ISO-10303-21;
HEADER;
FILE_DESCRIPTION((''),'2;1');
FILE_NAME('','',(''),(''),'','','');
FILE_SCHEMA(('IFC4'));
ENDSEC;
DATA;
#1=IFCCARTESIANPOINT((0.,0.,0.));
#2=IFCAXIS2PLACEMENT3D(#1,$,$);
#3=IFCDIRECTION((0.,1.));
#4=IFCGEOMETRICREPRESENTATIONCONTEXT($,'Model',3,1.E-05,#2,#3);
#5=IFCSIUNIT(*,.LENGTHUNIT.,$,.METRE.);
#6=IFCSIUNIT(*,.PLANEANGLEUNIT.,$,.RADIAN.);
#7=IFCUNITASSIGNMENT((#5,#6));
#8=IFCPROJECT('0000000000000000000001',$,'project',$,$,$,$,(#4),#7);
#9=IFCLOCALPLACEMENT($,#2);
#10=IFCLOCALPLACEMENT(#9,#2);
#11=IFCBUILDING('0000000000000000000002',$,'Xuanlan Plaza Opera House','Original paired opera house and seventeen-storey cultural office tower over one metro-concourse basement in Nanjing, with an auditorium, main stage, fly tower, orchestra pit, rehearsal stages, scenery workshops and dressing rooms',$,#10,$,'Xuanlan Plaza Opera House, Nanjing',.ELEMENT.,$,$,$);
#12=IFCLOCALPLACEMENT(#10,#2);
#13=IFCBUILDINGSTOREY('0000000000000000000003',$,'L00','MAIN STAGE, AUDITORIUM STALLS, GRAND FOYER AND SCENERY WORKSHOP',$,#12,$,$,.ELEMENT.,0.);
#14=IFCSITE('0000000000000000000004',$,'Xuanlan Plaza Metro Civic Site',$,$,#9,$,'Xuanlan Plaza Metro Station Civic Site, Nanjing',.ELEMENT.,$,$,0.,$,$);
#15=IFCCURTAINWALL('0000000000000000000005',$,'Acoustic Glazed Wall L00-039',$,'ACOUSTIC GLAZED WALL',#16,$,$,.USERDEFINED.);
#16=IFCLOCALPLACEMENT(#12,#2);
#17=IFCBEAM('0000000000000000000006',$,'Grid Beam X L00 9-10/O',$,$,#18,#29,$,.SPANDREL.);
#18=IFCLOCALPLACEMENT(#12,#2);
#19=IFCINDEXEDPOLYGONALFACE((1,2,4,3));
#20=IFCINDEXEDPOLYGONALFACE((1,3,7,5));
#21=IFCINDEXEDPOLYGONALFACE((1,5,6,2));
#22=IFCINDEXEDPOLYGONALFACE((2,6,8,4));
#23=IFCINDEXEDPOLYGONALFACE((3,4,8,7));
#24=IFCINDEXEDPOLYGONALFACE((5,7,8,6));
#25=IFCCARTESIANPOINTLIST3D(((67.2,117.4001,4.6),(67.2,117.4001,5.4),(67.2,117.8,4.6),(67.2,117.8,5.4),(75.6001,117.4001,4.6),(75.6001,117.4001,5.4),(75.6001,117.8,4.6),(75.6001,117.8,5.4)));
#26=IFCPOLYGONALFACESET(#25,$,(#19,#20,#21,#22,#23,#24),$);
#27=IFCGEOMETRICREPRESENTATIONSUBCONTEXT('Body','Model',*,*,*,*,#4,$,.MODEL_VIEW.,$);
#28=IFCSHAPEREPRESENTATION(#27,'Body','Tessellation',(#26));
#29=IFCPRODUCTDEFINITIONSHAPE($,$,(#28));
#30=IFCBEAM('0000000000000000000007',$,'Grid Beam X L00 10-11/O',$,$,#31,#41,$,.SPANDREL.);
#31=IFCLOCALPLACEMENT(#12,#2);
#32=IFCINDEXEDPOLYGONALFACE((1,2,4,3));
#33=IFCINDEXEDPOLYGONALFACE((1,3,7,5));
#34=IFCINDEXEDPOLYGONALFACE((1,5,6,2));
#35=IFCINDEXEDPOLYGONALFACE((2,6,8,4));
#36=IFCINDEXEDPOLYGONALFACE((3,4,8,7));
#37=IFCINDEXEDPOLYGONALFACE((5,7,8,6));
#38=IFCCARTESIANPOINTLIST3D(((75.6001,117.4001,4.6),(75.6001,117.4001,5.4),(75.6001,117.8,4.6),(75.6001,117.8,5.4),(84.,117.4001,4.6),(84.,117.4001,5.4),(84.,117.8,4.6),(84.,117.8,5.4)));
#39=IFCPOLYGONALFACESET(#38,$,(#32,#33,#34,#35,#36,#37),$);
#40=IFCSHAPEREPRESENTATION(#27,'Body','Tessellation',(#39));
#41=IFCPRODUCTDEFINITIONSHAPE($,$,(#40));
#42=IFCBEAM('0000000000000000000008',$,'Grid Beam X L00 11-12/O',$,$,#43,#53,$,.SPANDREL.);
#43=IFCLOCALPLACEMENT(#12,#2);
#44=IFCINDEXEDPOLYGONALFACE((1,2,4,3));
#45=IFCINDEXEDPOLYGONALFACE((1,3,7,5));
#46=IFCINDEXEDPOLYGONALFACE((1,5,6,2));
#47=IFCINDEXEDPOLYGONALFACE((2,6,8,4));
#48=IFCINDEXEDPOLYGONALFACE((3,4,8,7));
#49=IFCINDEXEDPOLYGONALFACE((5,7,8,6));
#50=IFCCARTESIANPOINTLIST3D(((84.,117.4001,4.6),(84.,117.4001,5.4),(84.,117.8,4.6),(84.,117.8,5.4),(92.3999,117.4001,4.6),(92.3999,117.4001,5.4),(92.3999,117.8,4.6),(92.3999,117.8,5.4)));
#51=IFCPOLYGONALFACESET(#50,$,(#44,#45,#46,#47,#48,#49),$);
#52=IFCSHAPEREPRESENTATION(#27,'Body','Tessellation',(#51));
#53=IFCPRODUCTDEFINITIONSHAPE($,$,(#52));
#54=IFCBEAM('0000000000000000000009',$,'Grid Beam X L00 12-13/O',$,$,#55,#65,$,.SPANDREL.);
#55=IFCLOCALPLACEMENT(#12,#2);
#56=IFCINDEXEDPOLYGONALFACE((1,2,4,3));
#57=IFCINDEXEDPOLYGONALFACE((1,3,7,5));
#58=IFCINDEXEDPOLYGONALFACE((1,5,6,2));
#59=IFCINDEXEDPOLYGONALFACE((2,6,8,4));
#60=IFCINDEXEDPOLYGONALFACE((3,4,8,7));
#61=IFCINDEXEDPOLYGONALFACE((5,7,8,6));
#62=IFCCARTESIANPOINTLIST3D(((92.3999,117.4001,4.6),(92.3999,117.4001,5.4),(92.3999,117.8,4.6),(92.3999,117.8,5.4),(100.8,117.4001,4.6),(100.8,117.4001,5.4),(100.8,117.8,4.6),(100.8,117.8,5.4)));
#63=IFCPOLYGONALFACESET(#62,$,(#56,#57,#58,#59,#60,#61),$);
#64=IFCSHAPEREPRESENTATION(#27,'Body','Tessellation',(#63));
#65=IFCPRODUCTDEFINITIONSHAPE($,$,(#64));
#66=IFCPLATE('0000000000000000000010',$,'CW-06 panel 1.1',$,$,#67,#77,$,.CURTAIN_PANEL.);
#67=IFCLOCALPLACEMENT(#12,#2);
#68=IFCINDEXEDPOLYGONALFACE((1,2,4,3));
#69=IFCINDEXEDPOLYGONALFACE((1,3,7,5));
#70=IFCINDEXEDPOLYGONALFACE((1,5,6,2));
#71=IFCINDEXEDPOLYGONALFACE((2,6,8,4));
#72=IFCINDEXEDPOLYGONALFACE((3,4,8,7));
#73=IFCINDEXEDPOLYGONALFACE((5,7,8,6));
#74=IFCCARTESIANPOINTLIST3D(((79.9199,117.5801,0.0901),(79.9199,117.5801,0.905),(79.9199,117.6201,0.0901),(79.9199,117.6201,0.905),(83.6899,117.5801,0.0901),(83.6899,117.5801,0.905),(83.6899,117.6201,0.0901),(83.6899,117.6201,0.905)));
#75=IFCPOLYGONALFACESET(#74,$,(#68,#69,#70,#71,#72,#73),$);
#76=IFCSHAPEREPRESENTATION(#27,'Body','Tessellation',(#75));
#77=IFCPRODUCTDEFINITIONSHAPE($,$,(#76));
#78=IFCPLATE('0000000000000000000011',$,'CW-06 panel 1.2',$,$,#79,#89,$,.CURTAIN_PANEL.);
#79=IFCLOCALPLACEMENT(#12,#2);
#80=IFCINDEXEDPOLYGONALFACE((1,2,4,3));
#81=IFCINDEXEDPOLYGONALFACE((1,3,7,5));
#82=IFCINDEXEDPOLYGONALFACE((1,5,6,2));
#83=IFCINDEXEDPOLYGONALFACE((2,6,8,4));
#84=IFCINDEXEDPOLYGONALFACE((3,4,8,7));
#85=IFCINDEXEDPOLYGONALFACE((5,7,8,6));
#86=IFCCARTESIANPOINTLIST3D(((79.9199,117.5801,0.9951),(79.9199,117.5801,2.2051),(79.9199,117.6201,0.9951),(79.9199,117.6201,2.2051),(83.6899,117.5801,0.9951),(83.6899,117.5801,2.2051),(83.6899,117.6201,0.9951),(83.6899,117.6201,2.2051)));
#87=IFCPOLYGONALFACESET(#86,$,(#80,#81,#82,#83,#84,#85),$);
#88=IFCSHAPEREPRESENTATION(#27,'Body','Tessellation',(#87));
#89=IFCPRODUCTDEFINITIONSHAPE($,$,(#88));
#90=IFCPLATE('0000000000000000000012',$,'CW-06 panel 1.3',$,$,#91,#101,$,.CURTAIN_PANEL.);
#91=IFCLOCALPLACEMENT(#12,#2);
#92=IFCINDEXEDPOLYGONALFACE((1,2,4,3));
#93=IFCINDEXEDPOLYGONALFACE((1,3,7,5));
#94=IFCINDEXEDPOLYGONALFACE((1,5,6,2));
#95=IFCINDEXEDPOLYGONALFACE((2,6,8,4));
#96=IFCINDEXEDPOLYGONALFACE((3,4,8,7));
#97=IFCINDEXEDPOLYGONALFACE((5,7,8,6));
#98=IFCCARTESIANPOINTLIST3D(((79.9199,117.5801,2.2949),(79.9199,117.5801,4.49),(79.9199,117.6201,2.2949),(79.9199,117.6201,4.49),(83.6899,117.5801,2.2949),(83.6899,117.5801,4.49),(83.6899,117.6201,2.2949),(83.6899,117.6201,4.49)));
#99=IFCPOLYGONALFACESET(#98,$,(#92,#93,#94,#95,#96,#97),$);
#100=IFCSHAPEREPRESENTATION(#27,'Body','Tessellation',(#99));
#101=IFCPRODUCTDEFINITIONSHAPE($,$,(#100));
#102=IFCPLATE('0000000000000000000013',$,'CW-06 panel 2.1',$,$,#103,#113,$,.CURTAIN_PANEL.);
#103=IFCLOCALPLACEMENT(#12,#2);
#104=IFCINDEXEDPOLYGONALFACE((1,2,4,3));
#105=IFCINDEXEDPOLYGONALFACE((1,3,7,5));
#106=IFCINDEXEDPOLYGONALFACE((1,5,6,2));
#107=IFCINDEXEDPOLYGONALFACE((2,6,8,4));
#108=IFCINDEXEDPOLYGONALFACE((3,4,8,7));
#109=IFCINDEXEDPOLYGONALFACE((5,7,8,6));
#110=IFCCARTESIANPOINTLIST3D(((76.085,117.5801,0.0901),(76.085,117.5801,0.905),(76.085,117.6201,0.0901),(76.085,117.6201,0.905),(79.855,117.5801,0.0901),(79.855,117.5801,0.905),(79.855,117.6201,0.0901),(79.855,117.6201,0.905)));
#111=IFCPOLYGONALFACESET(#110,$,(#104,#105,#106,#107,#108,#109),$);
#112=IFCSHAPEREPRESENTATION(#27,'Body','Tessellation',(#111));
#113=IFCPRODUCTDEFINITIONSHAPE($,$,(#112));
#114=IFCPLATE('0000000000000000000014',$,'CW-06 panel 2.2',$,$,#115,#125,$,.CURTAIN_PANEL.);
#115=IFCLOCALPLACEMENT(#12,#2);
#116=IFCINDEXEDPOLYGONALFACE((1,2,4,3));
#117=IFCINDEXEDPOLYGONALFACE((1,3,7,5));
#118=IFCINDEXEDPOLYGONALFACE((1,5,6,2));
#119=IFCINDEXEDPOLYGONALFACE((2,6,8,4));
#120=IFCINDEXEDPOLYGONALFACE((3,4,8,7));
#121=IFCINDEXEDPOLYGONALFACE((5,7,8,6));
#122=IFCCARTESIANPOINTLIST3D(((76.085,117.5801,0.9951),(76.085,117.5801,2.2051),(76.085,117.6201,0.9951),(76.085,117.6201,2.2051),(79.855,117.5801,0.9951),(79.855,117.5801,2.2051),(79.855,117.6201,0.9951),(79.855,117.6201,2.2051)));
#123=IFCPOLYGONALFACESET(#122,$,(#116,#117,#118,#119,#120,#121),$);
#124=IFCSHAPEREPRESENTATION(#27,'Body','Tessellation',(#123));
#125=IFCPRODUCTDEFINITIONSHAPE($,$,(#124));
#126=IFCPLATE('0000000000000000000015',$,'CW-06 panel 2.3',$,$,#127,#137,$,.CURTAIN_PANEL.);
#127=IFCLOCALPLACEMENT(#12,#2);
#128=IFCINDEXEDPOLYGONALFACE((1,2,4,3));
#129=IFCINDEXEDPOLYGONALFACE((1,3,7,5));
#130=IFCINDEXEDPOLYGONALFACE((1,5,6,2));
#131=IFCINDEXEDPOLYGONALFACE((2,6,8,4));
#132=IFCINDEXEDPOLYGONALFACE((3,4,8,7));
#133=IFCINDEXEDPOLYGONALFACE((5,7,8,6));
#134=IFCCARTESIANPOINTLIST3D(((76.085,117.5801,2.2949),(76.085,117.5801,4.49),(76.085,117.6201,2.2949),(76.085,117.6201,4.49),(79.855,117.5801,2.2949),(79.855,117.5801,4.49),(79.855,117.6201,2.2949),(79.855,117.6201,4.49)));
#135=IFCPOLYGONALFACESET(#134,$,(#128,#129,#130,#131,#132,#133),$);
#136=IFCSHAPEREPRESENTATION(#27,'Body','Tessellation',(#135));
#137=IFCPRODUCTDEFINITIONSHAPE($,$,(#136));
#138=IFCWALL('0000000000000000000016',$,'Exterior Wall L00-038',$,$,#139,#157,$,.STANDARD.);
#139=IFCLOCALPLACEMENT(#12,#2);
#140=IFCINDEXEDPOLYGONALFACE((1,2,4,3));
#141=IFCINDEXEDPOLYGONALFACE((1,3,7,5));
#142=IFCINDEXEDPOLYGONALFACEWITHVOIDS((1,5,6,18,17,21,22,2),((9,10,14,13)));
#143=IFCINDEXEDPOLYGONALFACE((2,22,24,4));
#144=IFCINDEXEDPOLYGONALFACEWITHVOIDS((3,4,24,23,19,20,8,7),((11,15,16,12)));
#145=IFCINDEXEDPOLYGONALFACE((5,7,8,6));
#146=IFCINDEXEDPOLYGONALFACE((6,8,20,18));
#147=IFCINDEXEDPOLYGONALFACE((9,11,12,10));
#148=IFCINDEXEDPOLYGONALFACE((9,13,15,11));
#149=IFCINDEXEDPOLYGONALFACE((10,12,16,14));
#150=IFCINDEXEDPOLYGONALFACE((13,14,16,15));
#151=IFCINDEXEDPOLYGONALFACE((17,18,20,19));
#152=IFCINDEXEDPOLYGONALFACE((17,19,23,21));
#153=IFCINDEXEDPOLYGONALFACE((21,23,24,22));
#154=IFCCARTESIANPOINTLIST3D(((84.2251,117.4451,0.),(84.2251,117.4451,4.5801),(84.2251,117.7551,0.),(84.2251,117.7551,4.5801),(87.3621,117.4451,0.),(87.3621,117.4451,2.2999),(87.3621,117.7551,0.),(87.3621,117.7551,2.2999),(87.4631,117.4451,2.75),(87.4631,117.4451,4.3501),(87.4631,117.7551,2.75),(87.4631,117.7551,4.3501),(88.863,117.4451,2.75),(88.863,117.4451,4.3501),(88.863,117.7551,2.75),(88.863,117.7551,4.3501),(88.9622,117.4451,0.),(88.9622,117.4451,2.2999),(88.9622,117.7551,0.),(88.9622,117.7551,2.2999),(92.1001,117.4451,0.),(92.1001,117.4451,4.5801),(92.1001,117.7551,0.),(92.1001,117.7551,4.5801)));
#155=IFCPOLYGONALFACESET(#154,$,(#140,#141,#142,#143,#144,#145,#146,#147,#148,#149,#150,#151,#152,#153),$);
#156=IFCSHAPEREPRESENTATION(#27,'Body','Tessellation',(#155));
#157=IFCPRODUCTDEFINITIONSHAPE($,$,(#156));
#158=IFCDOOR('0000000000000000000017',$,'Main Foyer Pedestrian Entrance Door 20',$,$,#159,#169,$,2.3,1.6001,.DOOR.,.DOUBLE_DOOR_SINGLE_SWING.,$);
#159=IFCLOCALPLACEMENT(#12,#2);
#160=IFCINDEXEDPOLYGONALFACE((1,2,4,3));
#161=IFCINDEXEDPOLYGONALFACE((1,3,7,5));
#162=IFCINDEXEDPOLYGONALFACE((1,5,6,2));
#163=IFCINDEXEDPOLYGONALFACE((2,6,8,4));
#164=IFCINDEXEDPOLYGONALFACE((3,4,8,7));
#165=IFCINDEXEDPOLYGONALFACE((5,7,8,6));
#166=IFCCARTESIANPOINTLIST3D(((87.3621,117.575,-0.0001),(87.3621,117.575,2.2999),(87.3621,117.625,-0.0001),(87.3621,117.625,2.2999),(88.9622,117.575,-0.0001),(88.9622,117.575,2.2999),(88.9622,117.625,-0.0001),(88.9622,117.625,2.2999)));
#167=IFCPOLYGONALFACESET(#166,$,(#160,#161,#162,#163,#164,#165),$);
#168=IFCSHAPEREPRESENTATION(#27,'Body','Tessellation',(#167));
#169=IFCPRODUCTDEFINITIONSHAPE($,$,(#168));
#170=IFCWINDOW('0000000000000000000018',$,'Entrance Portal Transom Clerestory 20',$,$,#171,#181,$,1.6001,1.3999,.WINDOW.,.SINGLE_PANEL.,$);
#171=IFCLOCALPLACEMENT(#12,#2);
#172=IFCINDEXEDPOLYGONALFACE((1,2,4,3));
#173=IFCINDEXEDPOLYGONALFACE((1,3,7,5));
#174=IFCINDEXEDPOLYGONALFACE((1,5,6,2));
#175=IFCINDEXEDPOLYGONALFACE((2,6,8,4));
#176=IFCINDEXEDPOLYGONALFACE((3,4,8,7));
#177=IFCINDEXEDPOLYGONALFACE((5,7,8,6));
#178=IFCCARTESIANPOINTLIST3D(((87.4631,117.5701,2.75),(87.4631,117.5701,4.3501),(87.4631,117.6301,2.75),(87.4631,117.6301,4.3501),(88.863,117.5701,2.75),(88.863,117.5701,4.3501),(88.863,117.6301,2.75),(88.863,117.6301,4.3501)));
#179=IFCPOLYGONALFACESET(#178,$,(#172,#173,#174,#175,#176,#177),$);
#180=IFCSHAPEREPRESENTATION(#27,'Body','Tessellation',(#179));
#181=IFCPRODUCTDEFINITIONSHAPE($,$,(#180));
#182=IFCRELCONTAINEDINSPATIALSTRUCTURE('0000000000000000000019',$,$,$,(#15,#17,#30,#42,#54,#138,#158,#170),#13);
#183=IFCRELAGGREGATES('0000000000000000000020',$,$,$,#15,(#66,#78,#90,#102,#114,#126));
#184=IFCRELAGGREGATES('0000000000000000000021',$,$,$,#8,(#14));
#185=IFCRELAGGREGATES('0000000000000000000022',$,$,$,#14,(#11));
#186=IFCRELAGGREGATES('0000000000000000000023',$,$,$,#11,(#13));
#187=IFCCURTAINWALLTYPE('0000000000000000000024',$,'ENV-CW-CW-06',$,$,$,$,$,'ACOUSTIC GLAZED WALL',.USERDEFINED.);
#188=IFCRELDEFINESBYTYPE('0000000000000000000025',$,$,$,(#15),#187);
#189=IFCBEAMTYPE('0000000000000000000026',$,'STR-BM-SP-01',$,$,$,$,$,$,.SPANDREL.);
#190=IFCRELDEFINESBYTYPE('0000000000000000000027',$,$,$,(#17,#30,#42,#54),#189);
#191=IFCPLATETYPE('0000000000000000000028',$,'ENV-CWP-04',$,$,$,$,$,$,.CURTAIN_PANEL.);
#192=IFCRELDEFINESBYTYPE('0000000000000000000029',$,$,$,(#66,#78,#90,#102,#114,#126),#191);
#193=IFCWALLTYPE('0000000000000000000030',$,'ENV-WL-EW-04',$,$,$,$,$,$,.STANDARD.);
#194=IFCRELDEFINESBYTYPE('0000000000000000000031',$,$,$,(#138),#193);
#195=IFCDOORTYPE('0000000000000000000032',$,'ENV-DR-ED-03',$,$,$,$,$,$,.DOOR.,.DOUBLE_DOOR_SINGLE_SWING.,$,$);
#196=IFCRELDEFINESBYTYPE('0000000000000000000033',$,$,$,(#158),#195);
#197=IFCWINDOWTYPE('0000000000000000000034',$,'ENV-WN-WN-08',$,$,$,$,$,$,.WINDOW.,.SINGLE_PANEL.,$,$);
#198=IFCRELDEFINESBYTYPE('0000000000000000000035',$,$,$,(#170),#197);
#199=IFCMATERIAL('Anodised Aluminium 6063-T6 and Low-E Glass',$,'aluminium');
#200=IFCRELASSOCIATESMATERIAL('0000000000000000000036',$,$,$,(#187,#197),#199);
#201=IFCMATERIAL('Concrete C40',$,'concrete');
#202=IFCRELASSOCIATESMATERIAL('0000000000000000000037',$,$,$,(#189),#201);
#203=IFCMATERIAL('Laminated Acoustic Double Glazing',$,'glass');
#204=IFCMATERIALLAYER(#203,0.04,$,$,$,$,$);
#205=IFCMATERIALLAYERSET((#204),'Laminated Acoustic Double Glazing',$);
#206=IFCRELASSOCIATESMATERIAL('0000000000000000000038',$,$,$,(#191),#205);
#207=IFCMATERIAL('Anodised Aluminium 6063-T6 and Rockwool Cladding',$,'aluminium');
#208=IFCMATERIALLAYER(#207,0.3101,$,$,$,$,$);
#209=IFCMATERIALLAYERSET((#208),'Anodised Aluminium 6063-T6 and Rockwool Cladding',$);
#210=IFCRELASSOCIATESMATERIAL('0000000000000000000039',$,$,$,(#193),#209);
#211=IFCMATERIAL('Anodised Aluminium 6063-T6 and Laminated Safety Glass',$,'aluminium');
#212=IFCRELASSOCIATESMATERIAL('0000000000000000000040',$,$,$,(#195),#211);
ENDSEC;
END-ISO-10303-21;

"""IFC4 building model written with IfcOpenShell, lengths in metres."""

from ifc_helpers import new_model, si_unit, direction, frame, frame_2d, origin, origin_2d, place, context, subcontext, project, spatial, rectangle, extrude, material, layer, layer_set, material_profile, profile_set, type_object, element, fill, aggregate, save


model = new_model("IFC4")

# Units and contexts
model_context = context("Model", 3, precision=1e-05, world=origin(), true_north=direction((0.0, 1.0)))
body_context = subcontext(model_context, "Body", "Model", "MODEL_VIEW")
ifc_project = project(units=[si_unit("LENGTHUNIT", "METRE"), si_unit("PLANEANGLEUNIT", "RADIAN")], contexts=[model_context])

# Site, building, storey
site_placement = place(None, origin())
site = spatial("IfcSite", under=ifc_project, at=site_placement, Name="Xuanlan Plaza Metro Civic Site", LongName="Xuanlan Plaza Metro Station Civic Site, Nanjing", CompositionType="ELEMENT", RefElevation=0.0)
building_placement = place(site_placement, origin())
building = spatial("IfcBuilding", under=site, at=building_placement, Name="Xuanlan Plaza Opera House", Description="Original paired opera house and seventeen-storey cultural office tower over one metro-concourse basement in Nanjing, with an auditorium, main stage, fly tower, orchestra pit, rehearsal stages, scenery workshops and dressing rooms", LongName="Xuanlan Plaza Opera House, Nanjing", CompositionType="ELEMENT")
storey_placement = place(building_placement, origin())
storey = spatial("IfcBuildingStorey", under=building, at=storey_placement, Name="L00", Description="MAIN STAGE, AUDITORIUM STALLS, GRAND FOYER AND SCENERY WORKSHOP", CompositionType="ELEMENT", Elevation=0.0)

# Shared definitions
ifc_material_1 = material(Name="Concrete C40", Category="concrete")

# Curtain wall
ifc_material_2 = material(Name="Anodised Aluminium 6063-T6 and Low-E Glass", Category="aluminium")
curtain_wall_type = type_object("IfcCurtainWallType", Name="ENV-CW-CW-06", ElementType="ACOUSTIC GLAZED WALL", PredefinedType="USERDEFINED", material=ifc_material_2)
curtain_wall_placement = place(storey_placement, origin())
curtain_wall = element("IfcCurtainWall", 1, at=curtain_wall_placement, inside=storey, type_object=curtain_wall_type, Name="Acoustic Glazed Wall L00-039", ObjectType="ACOUSTIC GLAZED WALL", PredefinedType="USERDEFINED")

# Beams
ifc_material_profile_1 = material_profile(ifc_material_1, rectangle(XDim=0.3999, YDim=0.8, at=origin_2d()), Name="RC-SPD 400x800")
ifc_profile_set_1 = profile_set([ifc_material_profile_1], Name="Concrete C40")
beam_type = type_object("IfcBeamType", Name="STR-BM-SP-01", PredefinedType="SPANDREL", material=ifc_profile_set_1)
beam_1_placement = place(storey_placement, frame((67.2, 117.6001, 5.0), z_axis=(1.0, 0.0, 0.0), x_axis=(0.0, 1.0, 0.0)))
element("IfcBeam", 2, at=beam_1_placement, inside=storey, type_object=beam_type, Name="Grid Beam X L00 9-10/O", PredefinedType="SPANDREL", context=body_context, shape_type="SweptSolid", body=[
    extrude(rectangle(XDim=0.3999, YDim=0.8, at=origin_2d()), origin(), (0.0, 0.0, 1.0), 8.4001),
])
for number, where, z_axis, x_axis, name in (
    (3, (75.6001, 117.6001, 5.0), (1.0, 0.0, 0.0), (0.0, 1.0, 0.0), "Grid Beam X L00 10-11/O"),
    (4, (84.0, 117.6001, 5.0), (1.0, 0.0, 0.0), (0.0, 1.0, 0.0), "Grid Beam X L00 11-12/O"),
):
    element("IfcBeam", number, at=place(storey_placement, frame(where, z_axis=z_axis, x_axis=x_axis)), inside=storey, type_object=beam_type, Name=name, PredefinedType="SPANDREL", context=body_context, shape_type="SweptSolid", body=[
        extrude(rectangle(XDim=0.3999, YDim=0.8, at=origin_2d()), origin(), (0.0, 0.0, 1.0), 8.3999),
    ])
beam_2_placement = place(storey_placement, frame((92.3999, 117.6001, 5.0), z_axis=(1.0, 0.0, 0.0), x_axis=(0.0, 1.0, 0.0)))
element("IfcBeam", 5, at=beam_2_placement, inside=storey, type_object=beam_type, Name="Grid Beam X L00 12-13/O", PredefinedType="SPANDREL", context=body_context, shape_type="SweptSolid", body=[
    extrude(rectangle(XDim=0.3999, YDim=0.8, at=origin_2d()), origin(), (0.0, 0.0, 1.0), 8.4001),
])

# Plates
ifc_material_3 = material(Name="Laminated Acoustic Double Glazing", Category="glass")
ifc_layer_1 = layer(ifc_material_3, 0.04)
ifc_layer_set_1 = layer_set([ifc_layer_1], Name="Laminated Acoustic Double Glazing")
plate_type = type_object("IfcPlateType", Name="ENV-CWP-04", PredefinedType="CURTAIN_PANEL", material=ifc_layer_set_1)
plate_1_placement = place(storey_placement, frame((81.8049, 117.6001, 0.0901), z_axis=(0.0, 0.0, 1.0), x_axis=(-1.0, 0.0, 0.0)))
plate_1 = element("IfcPlate", 6, at=plate_1_placement, type_object=plate_type, Name="CW-06 panel 1.1", PredefinedType="CURTAIN_PANEL", context=body_context, shape_type="SweptSolid", body=[
    extrude(rectangle(XDim=3.77, YDim=0.04, at=origin_2d()), origin(), (0.0, 0.0, 1.0), 0.8149),
])
plate_2_placement = place(storey_placement, frame((81.8049, 117.6001, 0.9951), z_axis=(0.0, 0.0, 1.0), x_axis=(-1.0, 0.0, 0.0)))
plate_2 = element("IfcPlate", 7, at=plate_2_placement, type_object=plate_type, Name="CW-06 panel 1.2", PredefinedType="CURTAIN_PANEL", context=body_context, shape_type="SweptSolid", body=[
    extrude(rectangle(XDim=3.77, YDim=0.04, at=origin_2d()), origin(), (0.0, 0.0, 1.0), 1.21),
])
plate_3_placement = place(storey_placement, frame((81.8049, 117.6001, 2.2949), z_axis=(0.0, 0.0, 1.0), x_axis=(-1.0, 0.0, 0.0)))
plate_3 = element("IfcPlate", 8, at=plate_3_placement, type_object=plate_type, Name="CW-06 panel 1.3", PredefinedType="CURTAIN_PANEL", context=body_context, shape_type="SweptSolid", body=[
    extrude(rectangle(XDim=3.77, YDim=0.04, at=origin_2d()), origin(), (0.0, 0.0, 1.0), 2.1951),
])
plate_4_placement = place(storey_placement, frame((77.97, 117.6001, 0.0901), z_axis=(0.0, 0.0, 1.0), x_axis=(-1.0, 0.0, 0.0)))
plate_4 = element("IfcPlate", 9, at=plate_4_placement, type_object=plate_type, Name="CW-06 panel 2.1", PredefinedType="CURTAIN_PANEL", context=body_context, shape_type="SweptSolid", body=[
    extrude(rectangle(XDim=3.77, YDim=0.04, at=origin_2d()), origin(), (0.0, 0.0, 1.0), 0.8149),
])
plate_5_placement = place(storey_placement, frame((77.97, 117.6001, 0.9951), z_axis=(0.0, 0.0, 1.0), x_axis=(-1.0, 0.0, 0.0)))
plate_5 = element("IfcPlate", 10, at=plate_5_placement, type_object=plate_type, Name="CW-06 panel 2.2", PredefinedType="CURTAIN_PANEL", context=body_context, shape_type="SweptSolid", body=[
    extrude(rectangle(XDim=3.77, YDim=0.04, at=origin_2d()), origin(), (0.0, 0.0, 1.0), 1.21),
])
plate_6_placement = place(storey_placement, frame((77.97, 117.6001, 2.2949), z_axis=(0.0, 0.0, 1.0), x_axis=(-1.0, 0.0, 0.0)))
plate_6 = element("IfcPlate", 11, at=plate_6_placement, type_object=plate_type, Name="CW-06 panel 2.3", PredefinedType="CURTAIN_PANEL", context=body_context, shape_type="SweptSolid", body=[
    extrude(rectangle(XDim=3.77, YDim=0.04, at=origin_2d()), origin(), (0.0, 0.0, 1.0), 2.1951),
])
aggregate(curtain_wall, [plate_1, plate_2, plate_3, plate_4, plate_5, plate_6])

# Wall, openings, door, window
ifc_material_4 = material(Name="Anodised Aluminium 6063-T6 and Rockwool Cladding", Category="aluminium")
ifc_layer_2 = layer(ifc_material_4, 0.3101)
ifc_layer_set_2 = layer_set([ifc_layer_2], Name="Anodised Aluminium 6063-T6 and Rockwool Cladding")
wall_type_1 = type_object("IfcWallType", Name="ENV-WL-EW-04", PredefinedType="STANDARD", material=ifc_layer_set_2)
wall_1_placement = place(storey_placement, frame((92.1001, 117.6001, 0.0), z_axis=(0.0, 0.0, 1.0), x_axis=(-1.0, 0.0, 0.0)))
wall_1 = element("IfcWall", 12, at=wall_1_placement, inside=storey, type_object=wall_type_1, Name="Exterior Wall L00-038", PredefinedType="STANDARD", context=body_context, shape_type="SweptSolid", body=[
    extrude(rectangle(XDim=7.875, YDim=0.3101, at=frame_2d((3.9375, 0.0))), origin(), (0.0, 0.0, 1.0), 4.5801),
])
opening_1_placement = place(wall_1_placement, frame((3.1379, 0.0, 0.0)))
opening_1 = element("IfcOpeningElement", 13, at=opening_1_placement, cuts=wall_1, PredefinedType="OPENING", context=body_context, shape_type="SweptSolid", body=[
    extrude(rectangle(XDim=1.6001, YDim=2.3, at=frame_2d((0.8, 1.1499))), frame((0.0, 0.165, 0.0), z_axis=(0.0, -1.0, 0.0), x_axis=(1.0, 0.0, 0.0)), (0.0, 0.0, 1.0), 0.3301),
])
opening_2_placement = place(wall_1_placement, frame((3.2371, 0.0, 2.75)))
opening_2 = element("IfcOpeningElement", 14, at=opening_2_placement, cuts=wall_1, PredefinedType="OPENING", context=body_context, shape_type="SweptSolid", body=[
    extrude(rectangle(XDim=1.3999, YDim=1.6001, at=frame_2d((0.7, 0.8))), frame((0.0, 0.165, 0.0), z_axis=(0.0, -1.0, 0.0), x_axis=(1.0, 0.0, 0.0)), (0.0, 0.0, 1.0), 0.3301),
])
ifc_material_5 = material(Name="Anodised Aluminium 6063-T6 and Laminated Safety Glass", Category="aluminium")
door_type_1 = type_object("IfcDoorType", Name="ENV-DR-ED-03", OperationType="DOUBLE_DOOR_SINGLE_SWING", PredefinedType="DOOR", material=ifc_material_5)
door_1_placement = place(opening_1_placement, frame((1.6001, 0.0, 0.0), z_axis=(0.0, 0.0, 1.0), x_axis=(-1.0, 0.0, 0.0)))
door_1 = element("IfcDoor", 15, at=door_1_placement, inside=storey, type_object=door_type_1, Name="Main Foyer Pedestrian Entrance Door 20", OperationType="DOUBLE_DOOR_SINGLE_SWING", OverallHeight=2.3, OverallWidth=1.6001, PredefinedType="DOOR", context=body_context, shape_type="SweptSolid", body=[
    extrude(rectangle(XDim=1.6001, YDim=2.3, at=frame_2d((0.8, 1.1499))), frame((0.0, 0.0249, 0.0), z_axis=(0.0, -1.0, 0.0), x_axis=(1.0, 0.0, 0.0)), (0.0, 0.0, 1.0), 0.05),
])
fill(opening_1, door_1)
window_type = type_object("IfcWindowType", Name="ENV-WN-WN-08", PartitioningType="SINGLE_PANEL", PredefinedType="WINDOW", material=ifc_material_2)
window_1_placement = place(opening_2_placement, origin())
window_1 = element("IfcWindow", 16, at=window_1_placement, inside=storey, type_object=window_type, Name="Entrance Portal Transom Clerestory 20", OverallHeight=1.6001, OverallWidth=1.3999, PartitioningType="SINGLE_PANEL", PredefinedType="WINDOW", context=body_context, shape_type="SweptSolid", body=[
    extrude(rectangle(XDim=1.3999, YDim=1.6001, at=frame_2d((0.7, 0.8))), frame((0.0, 0.03, 0.0), z_axis=(0.0, -1.0, 0.0), x_axis=(1.0, 0.0, 0.0)), (0.0, 0.0, 1.0), 0.0601),
])
fill(opening_2, window_1)

save(model, "model.ifc")
